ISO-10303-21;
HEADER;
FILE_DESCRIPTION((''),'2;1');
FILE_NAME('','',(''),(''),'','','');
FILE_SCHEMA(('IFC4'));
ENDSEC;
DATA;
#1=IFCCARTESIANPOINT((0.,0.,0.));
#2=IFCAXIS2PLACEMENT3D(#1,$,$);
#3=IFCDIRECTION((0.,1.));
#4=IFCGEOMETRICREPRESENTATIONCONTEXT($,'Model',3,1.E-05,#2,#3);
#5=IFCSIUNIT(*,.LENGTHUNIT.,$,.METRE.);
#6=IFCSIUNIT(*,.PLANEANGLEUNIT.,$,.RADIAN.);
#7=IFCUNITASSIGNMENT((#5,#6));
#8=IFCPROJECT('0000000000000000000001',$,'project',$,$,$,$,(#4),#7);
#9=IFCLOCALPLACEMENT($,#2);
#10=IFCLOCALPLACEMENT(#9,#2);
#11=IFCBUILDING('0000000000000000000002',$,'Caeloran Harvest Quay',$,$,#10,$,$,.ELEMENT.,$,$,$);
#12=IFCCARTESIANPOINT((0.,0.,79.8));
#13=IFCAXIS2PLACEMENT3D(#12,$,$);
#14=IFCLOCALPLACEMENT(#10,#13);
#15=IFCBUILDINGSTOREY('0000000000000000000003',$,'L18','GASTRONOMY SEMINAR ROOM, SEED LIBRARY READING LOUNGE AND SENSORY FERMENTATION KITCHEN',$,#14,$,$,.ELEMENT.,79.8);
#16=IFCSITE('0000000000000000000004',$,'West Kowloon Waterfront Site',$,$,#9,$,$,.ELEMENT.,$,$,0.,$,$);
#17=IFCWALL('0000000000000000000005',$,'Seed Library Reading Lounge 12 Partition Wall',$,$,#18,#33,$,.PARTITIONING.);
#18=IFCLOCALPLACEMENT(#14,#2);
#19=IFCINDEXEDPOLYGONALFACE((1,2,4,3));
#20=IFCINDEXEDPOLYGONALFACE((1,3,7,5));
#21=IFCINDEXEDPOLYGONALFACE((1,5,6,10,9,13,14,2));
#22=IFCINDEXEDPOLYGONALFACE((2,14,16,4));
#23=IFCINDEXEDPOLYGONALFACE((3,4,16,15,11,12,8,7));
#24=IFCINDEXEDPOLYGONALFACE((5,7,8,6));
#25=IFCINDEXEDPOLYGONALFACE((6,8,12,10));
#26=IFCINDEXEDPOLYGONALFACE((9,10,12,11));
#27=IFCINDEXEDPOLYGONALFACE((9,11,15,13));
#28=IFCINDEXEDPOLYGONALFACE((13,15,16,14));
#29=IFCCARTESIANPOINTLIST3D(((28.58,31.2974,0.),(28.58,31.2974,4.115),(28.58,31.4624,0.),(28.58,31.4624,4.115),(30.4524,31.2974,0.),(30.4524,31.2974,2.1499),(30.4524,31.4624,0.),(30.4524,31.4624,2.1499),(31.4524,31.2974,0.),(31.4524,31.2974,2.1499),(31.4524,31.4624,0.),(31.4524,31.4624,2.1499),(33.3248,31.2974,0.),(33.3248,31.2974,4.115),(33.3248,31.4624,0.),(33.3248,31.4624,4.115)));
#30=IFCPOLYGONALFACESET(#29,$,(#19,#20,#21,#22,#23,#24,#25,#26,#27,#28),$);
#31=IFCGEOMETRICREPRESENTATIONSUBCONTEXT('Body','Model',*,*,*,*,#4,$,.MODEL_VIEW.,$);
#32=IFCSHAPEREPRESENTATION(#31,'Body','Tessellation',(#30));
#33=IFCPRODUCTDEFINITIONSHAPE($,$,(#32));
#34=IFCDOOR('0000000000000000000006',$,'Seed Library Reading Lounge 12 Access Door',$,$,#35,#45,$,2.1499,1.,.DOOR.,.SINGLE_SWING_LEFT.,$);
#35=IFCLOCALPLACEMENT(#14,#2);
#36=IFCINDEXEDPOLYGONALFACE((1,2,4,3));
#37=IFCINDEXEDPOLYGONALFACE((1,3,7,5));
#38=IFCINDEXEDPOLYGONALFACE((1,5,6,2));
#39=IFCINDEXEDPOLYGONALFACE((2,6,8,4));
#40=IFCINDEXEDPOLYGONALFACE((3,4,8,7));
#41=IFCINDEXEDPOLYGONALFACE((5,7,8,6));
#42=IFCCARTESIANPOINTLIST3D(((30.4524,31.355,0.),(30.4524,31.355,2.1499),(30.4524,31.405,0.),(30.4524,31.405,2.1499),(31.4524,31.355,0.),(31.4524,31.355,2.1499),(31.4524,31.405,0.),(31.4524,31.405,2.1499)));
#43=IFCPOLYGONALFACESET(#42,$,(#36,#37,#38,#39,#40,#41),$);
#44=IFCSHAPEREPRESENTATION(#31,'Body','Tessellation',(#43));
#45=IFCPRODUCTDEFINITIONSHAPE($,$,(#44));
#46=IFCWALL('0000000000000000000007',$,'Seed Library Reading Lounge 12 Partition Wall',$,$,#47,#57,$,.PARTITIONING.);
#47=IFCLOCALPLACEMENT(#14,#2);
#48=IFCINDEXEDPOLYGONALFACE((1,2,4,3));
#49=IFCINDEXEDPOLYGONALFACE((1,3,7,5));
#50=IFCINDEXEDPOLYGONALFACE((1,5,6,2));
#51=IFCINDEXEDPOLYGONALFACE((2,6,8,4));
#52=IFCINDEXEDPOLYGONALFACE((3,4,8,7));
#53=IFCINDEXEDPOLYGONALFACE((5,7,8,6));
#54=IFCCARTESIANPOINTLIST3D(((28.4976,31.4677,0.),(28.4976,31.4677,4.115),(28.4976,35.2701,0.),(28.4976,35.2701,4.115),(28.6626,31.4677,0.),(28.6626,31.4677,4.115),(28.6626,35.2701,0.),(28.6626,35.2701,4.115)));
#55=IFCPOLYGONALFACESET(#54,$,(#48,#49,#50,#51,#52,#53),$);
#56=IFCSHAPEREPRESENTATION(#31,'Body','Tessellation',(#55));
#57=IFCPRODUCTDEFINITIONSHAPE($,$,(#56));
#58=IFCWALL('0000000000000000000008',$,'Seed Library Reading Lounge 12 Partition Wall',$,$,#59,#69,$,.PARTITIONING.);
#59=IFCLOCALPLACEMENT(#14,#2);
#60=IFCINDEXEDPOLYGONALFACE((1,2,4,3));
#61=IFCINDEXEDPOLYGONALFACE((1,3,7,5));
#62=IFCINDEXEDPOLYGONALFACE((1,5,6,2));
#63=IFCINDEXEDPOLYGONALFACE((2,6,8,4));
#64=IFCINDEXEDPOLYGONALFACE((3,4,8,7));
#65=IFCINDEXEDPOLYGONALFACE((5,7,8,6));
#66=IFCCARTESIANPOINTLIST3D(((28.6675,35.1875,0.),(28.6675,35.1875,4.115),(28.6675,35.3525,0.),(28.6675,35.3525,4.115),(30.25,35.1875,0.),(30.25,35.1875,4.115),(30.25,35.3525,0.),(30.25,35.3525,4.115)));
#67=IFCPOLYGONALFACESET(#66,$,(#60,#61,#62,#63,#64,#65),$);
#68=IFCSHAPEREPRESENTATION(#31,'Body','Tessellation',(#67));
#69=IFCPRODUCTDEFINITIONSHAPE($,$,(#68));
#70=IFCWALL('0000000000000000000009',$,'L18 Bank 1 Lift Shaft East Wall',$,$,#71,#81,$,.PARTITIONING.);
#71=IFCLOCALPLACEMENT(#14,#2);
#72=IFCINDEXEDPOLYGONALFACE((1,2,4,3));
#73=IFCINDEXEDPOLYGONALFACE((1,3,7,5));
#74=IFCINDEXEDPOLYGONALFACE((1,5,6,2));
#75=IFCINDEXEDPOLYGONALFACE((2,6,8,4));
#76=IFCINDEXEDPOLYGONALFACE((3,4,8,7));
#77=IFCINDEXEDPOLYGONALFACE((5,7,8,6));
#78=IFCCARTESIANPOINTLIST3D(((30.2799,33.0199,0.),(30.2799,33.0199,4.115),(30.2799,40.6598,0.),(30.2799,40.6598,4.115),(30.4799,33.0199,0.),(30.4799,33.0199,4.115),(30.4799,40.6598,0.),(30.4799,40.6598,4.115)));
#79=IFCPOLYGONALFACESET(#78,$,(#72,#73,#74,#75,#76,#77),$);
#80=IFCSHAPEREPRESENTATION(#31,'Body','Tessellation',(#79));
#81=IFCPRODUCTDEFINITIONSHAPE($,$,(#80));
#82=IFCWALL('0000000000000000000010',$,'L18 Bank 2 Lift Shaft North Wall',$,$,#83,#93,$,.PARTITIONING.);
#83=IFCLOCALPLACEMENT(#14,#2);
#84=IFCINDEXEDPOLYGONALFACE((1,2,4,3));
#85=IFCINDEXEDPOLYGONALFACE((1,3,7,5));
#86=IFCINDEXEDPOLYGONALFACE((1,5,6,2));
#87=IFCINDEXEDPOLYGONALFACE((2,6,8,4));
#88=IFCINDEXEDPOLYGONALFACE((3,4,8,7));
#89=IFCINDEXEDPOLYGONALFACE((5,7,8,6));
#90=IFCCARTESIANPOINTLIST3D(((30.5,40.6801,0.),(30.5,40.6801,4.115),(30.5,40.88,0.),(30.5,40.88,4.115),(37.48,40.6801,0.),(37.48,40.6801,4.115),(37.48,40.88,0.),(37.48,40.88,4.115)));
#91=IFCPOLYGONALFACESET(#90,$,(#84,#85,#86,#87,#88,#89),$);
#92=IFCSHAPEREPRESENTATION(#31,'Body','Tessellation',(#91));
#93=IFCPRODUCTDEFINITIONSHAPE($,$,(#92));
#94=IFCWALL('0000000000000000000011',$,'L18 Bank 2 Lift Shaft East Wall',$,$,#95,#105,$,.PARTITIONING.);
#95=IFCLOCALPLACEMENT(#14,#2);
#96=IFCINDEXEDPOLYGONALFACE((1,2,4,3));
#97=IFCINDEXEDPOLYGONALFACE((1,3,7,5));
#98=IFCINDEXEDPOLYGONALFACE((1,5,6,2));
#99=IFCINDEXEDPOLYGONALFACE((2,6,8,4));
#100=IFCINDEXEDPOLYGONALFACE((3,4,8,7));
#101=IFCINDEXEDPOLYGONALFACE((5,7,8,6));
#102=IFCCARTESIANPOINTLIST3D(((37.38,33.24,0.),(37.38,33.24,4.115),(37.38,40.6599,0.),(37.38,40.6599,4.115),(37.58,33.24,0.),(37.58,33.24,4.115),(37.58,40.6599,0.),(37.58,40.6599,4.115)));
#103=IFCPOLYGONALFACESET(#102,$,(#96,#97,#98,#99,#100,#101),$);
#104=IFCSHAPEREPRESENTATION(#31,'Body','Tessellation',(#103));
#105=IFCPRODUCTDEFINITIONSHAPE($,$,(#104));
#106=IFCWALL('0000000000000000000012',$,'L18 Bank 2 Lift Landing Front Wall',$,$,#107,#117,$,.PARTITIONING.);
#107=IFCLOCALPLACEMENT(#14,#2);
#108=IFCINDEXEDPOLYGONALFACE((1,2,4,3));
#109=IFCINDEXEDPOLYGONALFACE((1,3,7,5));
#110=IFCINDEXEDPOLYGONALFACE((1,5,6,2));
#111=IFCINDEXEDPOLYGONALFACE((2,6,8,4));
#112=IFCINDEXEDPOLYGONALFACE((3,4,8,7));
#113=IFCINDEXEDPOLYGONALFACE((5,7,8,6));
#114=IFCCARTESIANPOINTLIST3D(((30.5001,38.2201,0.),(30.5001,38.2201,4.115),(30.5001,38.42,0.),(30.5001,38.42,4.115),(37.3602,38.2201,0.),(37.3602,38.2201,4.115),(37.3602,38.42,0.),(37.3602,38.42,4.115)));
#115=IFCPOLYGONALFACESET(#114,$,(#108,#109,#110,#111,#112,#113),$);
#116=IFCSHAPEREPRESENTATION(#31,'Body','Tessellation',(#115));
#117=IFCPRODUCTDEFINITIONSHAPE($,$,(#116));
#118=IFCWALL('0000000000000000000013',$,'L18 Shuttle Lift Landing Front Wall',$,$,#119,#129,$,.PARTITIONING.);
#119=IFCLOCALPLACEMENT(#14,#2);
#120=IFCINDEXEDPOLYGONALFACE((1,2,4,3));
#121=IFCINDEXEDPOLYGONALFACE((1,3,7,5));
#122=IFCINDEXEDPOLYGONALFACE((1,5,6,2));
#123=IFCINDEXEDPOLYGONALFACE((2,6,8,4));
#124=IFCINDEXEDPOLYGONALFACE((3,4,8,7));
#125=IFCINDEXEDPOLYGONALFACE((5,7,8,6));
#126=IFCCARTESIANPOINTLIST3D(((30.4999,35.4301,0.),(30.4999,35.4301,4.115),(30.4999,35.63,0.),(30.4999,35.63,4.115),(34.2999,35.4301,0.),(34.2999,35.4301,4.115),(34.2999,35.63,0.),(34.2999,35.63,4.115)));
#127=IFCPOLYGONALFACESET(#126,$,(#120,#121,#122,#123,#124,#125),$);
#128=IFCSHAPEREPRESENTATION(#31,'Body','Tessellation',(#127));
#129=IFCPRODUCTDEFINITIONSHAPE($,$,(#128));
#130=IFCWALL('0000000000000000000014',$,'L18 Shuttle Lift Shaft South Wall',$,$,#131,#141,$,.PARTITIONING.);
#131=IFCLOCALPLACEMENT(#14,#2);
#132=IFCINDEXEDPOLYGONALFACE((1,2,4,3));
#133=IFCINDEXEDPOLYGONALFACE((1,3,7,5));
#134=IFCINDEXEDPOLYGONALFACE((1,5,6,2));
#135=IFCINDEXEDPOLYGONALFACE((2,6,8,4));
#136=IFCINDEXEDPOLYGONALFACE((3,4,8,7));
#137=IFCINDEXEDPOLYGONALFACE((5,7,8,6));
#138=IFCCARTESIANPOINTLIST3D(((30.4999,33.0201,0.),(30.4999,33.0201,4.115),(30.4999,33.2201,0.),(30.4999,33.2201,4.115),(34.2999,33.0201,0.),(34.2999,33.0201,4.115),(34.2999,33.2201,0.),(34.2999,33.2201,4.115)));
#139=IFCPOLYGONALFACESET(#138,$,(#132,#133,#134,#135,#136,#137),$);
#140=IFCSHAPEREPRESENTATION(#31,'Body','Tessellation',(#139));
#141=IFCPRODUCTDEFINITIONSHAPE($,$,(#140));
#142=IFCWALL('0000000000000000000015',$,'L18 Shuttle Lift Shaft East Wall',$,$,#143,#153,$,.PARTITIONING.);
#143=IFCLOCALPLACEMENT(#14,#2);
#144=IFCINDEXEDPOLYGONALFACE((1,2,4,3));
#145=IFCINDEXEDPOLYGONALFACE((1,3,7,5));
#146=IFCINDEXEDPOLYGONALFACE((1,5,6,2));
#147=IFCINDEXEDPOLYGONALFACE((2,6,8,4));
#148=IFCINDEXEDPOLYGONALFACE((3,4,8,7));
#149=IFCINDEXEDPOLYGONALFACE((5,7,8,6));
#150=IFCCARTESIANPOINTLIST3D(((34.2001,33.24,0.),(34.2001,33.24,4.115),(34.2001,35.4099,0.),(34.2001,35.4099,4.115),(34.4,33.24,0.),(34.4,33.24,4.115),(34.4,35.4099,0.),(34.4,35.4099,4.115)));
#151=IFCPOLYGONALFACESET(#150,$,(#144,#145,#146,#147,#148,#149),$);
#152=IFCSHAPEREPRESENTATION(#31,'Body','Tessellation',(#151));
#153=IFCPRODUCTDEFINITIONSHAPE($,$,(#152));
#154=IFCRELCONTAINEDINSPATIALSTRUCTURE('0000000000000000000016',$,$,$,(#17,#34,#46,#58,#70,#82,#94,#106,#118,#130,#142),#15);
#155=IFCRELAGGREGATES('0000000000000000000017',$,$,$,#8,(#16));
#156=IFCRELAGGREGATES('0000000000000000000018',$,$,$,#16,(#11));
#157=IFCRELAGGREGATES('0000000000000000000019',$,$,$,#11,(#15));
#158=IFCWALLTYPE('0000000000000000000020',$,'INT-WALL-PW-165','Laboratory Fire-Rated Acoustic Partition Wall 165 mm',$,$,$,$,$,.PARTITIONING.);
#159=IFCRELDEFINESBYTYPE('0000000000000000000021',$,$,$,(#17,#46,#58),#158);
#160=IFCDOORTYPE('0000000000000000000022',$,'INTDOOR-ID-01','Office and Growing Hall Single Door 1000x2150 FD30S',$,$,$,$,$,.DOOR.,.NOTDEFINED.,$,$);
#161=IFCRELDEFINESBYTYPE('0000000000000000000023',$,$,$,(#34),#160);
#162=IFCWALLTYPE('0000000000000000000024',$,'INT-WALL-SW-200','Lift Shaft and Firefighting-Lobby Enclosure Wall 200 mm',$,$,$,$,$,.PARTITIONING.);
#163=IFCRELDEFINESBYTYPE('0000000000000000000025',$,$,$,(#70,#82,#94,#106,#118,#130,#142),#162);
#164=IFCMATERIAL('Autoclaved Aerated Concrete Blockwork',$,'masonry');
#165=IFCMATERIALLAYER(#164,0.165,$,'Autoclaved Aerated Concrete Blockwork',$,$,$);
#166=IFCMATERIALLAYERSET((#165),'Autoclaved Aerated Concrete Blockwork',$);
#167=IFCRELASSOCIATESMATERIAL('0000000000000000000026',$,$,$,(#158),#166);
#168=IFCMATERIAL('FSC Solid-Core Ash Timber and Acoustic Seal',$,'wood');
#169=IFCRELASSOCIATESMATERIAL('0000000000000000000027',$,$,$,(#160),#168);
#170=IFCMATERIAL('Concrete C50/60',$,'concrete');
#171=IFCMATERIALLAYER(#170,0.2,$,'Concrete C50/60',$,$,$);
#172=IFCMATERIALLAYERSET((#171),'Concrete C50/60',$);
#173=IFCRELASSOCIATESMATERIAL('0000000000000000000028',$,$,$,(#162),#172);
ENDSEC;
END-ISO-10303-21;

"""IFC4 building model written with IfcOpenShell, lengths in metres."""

from ifc_helpers import new_model, si_unit, direction, frame, frame_2d, origin, place, context, subcontext, project, spatial, rectangle, extrude, material, layer, layer_set, type_object, element, fill, save


model = new_model("IFC4")

# Units and contexts
model_context = context("Model", 3, precision=1e-05, world=origin(), true_north=direction((0.0, 1.0)))
body_context = subcontext(model_context, "Body", "Model", "MODEL_VIEW")
ifc_project = project(units=[si_unit("LENGTHUNIT", "METRE"), si_unit("PLANEANGLEUNIT", "RADIAN")], contexts=[model_context])

# Site, building, storey
site_placement = place(None, origin())
site = spatial("IfcSite", under=ifc_project, at=site_placement, Name="West Kowloon Waterfront Site", CompositionType="ELEMENT", RefElevation=0.0)
building_placement = place(site_placement, origin())
building = spatial("IfcBuilding", under=site, at=building_placement, Name="Caeloran Harvest Quay", CompositionType="ELEMENT")
storey_placement = place(building_placement, frame((0.0, 0.0, 79.8)))
storey = spatial("IfcBuildingStorey", under=building, at=storey_placement, Name="L18", Description="GASTRONOMY SEMINAR ROOM, SEED LIBRARY READING LOUNGE AND SENSORY FERMENTATION KITCHEN", CompositionType="ELEMENT", Elevation=79.8)

# Shared definitions
ifc_material_1 = material(Name="Autoclaved Aerated Concrete Blockwork", Category="masonry")
ifc_layer_1 = layer(ifc_material_1, 0.165, Name="Autoclaved Aerated Concrete Blockwork")
ifc_layer_set_1 = layer_set([ifc_layer_1], Name="Autoclaved Aerated Concrete Blockwork")
wall_type_1 = type_object("IfcWallType", Name="INT-WALL-PW-165", Description="Laboratory Fire-Rated Acoustic Partition Wall 165 mm", PredefinedType="PARTITIONING", material=ifc_layer_set_1)
ifc_material_2 = material(Name="FSC Solid-Core Ash Timber and Acoustic Seal", Category="wood")
door_type_1 = type_object("IfcDoorType", Name="INTDOOR-ID-01", Description="Office and Growing Hall Single Door 1000x2150 FD30S", OperationType="NOTDEFINED", PredefinedType="DOOR", material=ifc_material_2)

# Wall, opening, door
wall_1_placement = place(storey_placement, frame((33.325, 31.3799, 0.0), z_axis=(0.0, 0.0, 1.0), x_axis=(-1.0, 0.0, 0.0)))
wall_1 = element("IfcWall", 1, at=wall_1_placement, inside=storey, type_object=wall_type_1, Name="Seed Library Reading Lounge 12 Partition Wall", PredefinedType="PARTITIONING", context=body_context, shape_type="SweptSolid", body=[
    extrude(rectangle(XDim=4.7449, YDim=0.165, at=frame_2d((2.3726, 0.0))), origin(), (0.0, 0.0, 1.0), 4.115),
])
opening_1_placement = place(wall_1_placement, frame((1.8726, 0.0, 0.0)))
opening_1 = element("IfcOpeningElement", 2, at=opening_1_placement, cuts=wall_1, PredefinedType="OPENING", context=body_context, shape_type="SweptSolid", body=[
    extrude(rectangle(XDim=1.0, YDim=2.1499, at=frame_2d((0.5, 1.075))), frame((0.0, 0.0925, 0.0), z_axis=(0.0, -1.0, 0.0), x_axis=(1.0, 0.0, 0.0)), (0.0, 0.0, 1.0), 0.1851),
])
door_1_placement = place(opening_1_placement, origin())
door_1 = element("IfcDoor", 3, at=door_1_placement, inside=storey, type_object=door_type_1, Name="Seed Library Reading Lounge 12 Access Door", OperationType="SINGLE_SWING_LEFT", OverallHeight=2.1499, OverallWidth=1.0, PredefinedType="DOOR", context=body_context, shape_type="SweptSolid", body=[
    extrude(rectangle(XDim=1.0, YDim=2.1499, at=frame_2d((0.5, 1.075))), frame((0.0, 0.0249, 0.0), z_axis=(0.0, -1.0, 0.0), x_axis=(1.0, 0.0, 0.0)), (0.0, 0.0, 1.0), 0.05),
])
fill(opening_1, door_1)

# Walls
wall_2_placement = place(storey_placement, frame((28.5801, 31.4675, 0.0), z_axis=(0.0, 0.0, 1.0), x_axis=(0.0, 1.0, 0.0)))
element("IfcWall", 4, at=wall_2_placement, inside=storey, type_object=wall_type_1, Name="Seed Library Reading Lounge 12 Partition Wall", PredefinedType="PARTITIONING", context=body_context, shape_type="SweptSolid", body=[
    extrude(rectangle(XDim=3.8025, YDim=0.165, at=frame_2d((1.9014, 0.0))), origin(), (0.0, 0.0, 1.0), 4.115),
])
wall_3_placement = place(storey_placement, frame((28.6675, 35.27, 0.0), z_axis=(0.0, 0.0, 1.0), x_axis=(1.0, 0.0, 0.0)))
element("IfcWall", 5, at=wall_3_placement, inside=storey, type_object=wall_type_1, Name="Seed Library Reading Lounge 12 Partition Wall", PredefinedType="PARTITIONING", context=body_context, shape_type="SweptSolid", body=[
    extrude(rectangle(XDim=1.5825, YDim=0.165, at=frame_2d((0.7913, 0.0))), origin(), (0.0, 0.0, 1.0), 4.115),
])
ifc_material_3 = material(Name="Concrete C50/60", Category="concrete")
ifc_layer_2 = layer(ifc_material_3, 0.2, Name="Concrete C50/60")
ifc_layer_set_2 = layer_set([ifc_layer_2], Name="Concrete C50/60")
wall_type_2 = type_object("IfcWallType", Name="INT-WALL-SW-200", Description="Lift Shaft and Firefighting-Lobby Enclosure Wall 200 mm", PredefinedType="PARTITIONING", material=ifc_layer_set_2)
wall_4_placement = place(storey_placement, frame((30.3799, 33.02, 0.0), z_axis=(0.0, 0.0, 1.0), x_axis=(0.0, 1.0, 0.0)))
element("IfcWall", 6, at=wall_4_placement, inside=storey, type_object=wall_type_2, Name="L18 Bank 1 Lift Shaft East Wall", PredefinedType="PARTITIONING", context=body_context, shape_type="SweptSolid", body=[
    extrude(rectangle(XDim=7.6399, YDim=0.2, at=frame_2d((3.8198, 0.0))), origin(), (0.0, 0.0, 1.0), 4.115),
])
wall_5_placement = place(storey_placement, frame((30.5, 40.78, 0.0), z_axis=(0.0, 0.0, 1.0), x_axis=(1.0, 0.0, 0.0)))
element("IfcWall", 7, at=wall_5_placement, inside=storey, type_object=wall_type_2, Name="L18 Bank 2 Lift Shaft North Wall", PredefinedType="PARTITIONING", context=body_context, shape_type="SweptSolid", body=[
    extrude(rectangle(XDim=6.98, YDim=0.2, at=frame_2d((3.49, 0.0))), origin(), (0.0, 0.0, 1.0), 4.115),
])
wall_6_placement = place(storey_placement, frame((37.48, 33.24, 0.0), z_axis=(0.0, 0.0, 1.0), x_axis=(0.0, 1.0, 0.0)))
element("IfcWall", 8, at=wall_6_placement, inside=storey, type_object=wall_type_2, Name="L18 Bank 2 Lift Shaft East Wall", PredefinedType="PARTITIONING", context=body_context, shape_type="SweptSolid", body=[
    extrude(rectangle(XDim=7.4199, YDim=0.2, at=frame_2d((3.71, 0.0))), origin(), (0.0, 0.0, 1.0), 4.115),
])
wall_7_placement = place(storey_placement, frame((30.5, 38.3201, 0.0), z_axis=(0.0, 0.0, 1.0), x_axis=(1.0, 0.0, 0.0)))
element("IfcWall", 9, at=wall_7_placement, inside=storey, type_object=wall_type_2, Name="L18 Bank 2 Lift Landing Front Wall", PredefinedType="PARTITIONING", context=body_context, shape_type="SweptSolid", body=[
    extrude(rectangle(XDim=6.8601, YDim=0.2, at=frame_2d((3.4302, 0.0))), origin(), (0.0, 0.0, 1.0), 4.115),
])
for number, where, z_axis, x_axis, name in (
    (10, (30.5, 35.53, 0.0), (0.0, 0.0, 1.0), (1.0, 0.0, 0.0), "L18 Shuttle Lift Landing Front Wall"),
    (11, (30.5, 33.1201, 0.0), (0.0, 0.0, 1.0), (1.0, 0.0, 0.0), "L18 Shuttle Lift Shaft South Wall"),
):
    element("IfcWall", number, at=place(storey_placement, frame(where, z_axis=z_axis, x_axis=x_axis)), inside=storey, type_object=wall_type_2, Name=name, PredefinedType="PARTITIONING", context=body_context, shape_type="SweptSolid", body=[
        extrude(rectangle(XDim=3.8, YDim=0.2, at=frame_2d((1.8999, 0.0))), origin(), (0.0, 0.0, 1.0), 4.115),
    ])
wall_8_placement = place(storey_placement, frame((34.3, 33.24, 0.0), z_axis=(0.0, 0.0, 1.0), x_axis=(0.0, 1.0, 0.0)))
element("IfcWall", 12, at=wall_8_placement, inside=storey, type_object=wall_type_2, Name="L18 Shuttle Lift Shaft East Wall", PredefinedType="PARTITIONING", context=body_context, shape_type="SweptSolid", body=[
    extrude(rectangle(XDim=2.1699, YDim=0.2, at=frame_2d((1.085, 0.0))), origin(), (0.0, 0.0, 1.0), 4.115),
])

save(model, "model.ifc")
